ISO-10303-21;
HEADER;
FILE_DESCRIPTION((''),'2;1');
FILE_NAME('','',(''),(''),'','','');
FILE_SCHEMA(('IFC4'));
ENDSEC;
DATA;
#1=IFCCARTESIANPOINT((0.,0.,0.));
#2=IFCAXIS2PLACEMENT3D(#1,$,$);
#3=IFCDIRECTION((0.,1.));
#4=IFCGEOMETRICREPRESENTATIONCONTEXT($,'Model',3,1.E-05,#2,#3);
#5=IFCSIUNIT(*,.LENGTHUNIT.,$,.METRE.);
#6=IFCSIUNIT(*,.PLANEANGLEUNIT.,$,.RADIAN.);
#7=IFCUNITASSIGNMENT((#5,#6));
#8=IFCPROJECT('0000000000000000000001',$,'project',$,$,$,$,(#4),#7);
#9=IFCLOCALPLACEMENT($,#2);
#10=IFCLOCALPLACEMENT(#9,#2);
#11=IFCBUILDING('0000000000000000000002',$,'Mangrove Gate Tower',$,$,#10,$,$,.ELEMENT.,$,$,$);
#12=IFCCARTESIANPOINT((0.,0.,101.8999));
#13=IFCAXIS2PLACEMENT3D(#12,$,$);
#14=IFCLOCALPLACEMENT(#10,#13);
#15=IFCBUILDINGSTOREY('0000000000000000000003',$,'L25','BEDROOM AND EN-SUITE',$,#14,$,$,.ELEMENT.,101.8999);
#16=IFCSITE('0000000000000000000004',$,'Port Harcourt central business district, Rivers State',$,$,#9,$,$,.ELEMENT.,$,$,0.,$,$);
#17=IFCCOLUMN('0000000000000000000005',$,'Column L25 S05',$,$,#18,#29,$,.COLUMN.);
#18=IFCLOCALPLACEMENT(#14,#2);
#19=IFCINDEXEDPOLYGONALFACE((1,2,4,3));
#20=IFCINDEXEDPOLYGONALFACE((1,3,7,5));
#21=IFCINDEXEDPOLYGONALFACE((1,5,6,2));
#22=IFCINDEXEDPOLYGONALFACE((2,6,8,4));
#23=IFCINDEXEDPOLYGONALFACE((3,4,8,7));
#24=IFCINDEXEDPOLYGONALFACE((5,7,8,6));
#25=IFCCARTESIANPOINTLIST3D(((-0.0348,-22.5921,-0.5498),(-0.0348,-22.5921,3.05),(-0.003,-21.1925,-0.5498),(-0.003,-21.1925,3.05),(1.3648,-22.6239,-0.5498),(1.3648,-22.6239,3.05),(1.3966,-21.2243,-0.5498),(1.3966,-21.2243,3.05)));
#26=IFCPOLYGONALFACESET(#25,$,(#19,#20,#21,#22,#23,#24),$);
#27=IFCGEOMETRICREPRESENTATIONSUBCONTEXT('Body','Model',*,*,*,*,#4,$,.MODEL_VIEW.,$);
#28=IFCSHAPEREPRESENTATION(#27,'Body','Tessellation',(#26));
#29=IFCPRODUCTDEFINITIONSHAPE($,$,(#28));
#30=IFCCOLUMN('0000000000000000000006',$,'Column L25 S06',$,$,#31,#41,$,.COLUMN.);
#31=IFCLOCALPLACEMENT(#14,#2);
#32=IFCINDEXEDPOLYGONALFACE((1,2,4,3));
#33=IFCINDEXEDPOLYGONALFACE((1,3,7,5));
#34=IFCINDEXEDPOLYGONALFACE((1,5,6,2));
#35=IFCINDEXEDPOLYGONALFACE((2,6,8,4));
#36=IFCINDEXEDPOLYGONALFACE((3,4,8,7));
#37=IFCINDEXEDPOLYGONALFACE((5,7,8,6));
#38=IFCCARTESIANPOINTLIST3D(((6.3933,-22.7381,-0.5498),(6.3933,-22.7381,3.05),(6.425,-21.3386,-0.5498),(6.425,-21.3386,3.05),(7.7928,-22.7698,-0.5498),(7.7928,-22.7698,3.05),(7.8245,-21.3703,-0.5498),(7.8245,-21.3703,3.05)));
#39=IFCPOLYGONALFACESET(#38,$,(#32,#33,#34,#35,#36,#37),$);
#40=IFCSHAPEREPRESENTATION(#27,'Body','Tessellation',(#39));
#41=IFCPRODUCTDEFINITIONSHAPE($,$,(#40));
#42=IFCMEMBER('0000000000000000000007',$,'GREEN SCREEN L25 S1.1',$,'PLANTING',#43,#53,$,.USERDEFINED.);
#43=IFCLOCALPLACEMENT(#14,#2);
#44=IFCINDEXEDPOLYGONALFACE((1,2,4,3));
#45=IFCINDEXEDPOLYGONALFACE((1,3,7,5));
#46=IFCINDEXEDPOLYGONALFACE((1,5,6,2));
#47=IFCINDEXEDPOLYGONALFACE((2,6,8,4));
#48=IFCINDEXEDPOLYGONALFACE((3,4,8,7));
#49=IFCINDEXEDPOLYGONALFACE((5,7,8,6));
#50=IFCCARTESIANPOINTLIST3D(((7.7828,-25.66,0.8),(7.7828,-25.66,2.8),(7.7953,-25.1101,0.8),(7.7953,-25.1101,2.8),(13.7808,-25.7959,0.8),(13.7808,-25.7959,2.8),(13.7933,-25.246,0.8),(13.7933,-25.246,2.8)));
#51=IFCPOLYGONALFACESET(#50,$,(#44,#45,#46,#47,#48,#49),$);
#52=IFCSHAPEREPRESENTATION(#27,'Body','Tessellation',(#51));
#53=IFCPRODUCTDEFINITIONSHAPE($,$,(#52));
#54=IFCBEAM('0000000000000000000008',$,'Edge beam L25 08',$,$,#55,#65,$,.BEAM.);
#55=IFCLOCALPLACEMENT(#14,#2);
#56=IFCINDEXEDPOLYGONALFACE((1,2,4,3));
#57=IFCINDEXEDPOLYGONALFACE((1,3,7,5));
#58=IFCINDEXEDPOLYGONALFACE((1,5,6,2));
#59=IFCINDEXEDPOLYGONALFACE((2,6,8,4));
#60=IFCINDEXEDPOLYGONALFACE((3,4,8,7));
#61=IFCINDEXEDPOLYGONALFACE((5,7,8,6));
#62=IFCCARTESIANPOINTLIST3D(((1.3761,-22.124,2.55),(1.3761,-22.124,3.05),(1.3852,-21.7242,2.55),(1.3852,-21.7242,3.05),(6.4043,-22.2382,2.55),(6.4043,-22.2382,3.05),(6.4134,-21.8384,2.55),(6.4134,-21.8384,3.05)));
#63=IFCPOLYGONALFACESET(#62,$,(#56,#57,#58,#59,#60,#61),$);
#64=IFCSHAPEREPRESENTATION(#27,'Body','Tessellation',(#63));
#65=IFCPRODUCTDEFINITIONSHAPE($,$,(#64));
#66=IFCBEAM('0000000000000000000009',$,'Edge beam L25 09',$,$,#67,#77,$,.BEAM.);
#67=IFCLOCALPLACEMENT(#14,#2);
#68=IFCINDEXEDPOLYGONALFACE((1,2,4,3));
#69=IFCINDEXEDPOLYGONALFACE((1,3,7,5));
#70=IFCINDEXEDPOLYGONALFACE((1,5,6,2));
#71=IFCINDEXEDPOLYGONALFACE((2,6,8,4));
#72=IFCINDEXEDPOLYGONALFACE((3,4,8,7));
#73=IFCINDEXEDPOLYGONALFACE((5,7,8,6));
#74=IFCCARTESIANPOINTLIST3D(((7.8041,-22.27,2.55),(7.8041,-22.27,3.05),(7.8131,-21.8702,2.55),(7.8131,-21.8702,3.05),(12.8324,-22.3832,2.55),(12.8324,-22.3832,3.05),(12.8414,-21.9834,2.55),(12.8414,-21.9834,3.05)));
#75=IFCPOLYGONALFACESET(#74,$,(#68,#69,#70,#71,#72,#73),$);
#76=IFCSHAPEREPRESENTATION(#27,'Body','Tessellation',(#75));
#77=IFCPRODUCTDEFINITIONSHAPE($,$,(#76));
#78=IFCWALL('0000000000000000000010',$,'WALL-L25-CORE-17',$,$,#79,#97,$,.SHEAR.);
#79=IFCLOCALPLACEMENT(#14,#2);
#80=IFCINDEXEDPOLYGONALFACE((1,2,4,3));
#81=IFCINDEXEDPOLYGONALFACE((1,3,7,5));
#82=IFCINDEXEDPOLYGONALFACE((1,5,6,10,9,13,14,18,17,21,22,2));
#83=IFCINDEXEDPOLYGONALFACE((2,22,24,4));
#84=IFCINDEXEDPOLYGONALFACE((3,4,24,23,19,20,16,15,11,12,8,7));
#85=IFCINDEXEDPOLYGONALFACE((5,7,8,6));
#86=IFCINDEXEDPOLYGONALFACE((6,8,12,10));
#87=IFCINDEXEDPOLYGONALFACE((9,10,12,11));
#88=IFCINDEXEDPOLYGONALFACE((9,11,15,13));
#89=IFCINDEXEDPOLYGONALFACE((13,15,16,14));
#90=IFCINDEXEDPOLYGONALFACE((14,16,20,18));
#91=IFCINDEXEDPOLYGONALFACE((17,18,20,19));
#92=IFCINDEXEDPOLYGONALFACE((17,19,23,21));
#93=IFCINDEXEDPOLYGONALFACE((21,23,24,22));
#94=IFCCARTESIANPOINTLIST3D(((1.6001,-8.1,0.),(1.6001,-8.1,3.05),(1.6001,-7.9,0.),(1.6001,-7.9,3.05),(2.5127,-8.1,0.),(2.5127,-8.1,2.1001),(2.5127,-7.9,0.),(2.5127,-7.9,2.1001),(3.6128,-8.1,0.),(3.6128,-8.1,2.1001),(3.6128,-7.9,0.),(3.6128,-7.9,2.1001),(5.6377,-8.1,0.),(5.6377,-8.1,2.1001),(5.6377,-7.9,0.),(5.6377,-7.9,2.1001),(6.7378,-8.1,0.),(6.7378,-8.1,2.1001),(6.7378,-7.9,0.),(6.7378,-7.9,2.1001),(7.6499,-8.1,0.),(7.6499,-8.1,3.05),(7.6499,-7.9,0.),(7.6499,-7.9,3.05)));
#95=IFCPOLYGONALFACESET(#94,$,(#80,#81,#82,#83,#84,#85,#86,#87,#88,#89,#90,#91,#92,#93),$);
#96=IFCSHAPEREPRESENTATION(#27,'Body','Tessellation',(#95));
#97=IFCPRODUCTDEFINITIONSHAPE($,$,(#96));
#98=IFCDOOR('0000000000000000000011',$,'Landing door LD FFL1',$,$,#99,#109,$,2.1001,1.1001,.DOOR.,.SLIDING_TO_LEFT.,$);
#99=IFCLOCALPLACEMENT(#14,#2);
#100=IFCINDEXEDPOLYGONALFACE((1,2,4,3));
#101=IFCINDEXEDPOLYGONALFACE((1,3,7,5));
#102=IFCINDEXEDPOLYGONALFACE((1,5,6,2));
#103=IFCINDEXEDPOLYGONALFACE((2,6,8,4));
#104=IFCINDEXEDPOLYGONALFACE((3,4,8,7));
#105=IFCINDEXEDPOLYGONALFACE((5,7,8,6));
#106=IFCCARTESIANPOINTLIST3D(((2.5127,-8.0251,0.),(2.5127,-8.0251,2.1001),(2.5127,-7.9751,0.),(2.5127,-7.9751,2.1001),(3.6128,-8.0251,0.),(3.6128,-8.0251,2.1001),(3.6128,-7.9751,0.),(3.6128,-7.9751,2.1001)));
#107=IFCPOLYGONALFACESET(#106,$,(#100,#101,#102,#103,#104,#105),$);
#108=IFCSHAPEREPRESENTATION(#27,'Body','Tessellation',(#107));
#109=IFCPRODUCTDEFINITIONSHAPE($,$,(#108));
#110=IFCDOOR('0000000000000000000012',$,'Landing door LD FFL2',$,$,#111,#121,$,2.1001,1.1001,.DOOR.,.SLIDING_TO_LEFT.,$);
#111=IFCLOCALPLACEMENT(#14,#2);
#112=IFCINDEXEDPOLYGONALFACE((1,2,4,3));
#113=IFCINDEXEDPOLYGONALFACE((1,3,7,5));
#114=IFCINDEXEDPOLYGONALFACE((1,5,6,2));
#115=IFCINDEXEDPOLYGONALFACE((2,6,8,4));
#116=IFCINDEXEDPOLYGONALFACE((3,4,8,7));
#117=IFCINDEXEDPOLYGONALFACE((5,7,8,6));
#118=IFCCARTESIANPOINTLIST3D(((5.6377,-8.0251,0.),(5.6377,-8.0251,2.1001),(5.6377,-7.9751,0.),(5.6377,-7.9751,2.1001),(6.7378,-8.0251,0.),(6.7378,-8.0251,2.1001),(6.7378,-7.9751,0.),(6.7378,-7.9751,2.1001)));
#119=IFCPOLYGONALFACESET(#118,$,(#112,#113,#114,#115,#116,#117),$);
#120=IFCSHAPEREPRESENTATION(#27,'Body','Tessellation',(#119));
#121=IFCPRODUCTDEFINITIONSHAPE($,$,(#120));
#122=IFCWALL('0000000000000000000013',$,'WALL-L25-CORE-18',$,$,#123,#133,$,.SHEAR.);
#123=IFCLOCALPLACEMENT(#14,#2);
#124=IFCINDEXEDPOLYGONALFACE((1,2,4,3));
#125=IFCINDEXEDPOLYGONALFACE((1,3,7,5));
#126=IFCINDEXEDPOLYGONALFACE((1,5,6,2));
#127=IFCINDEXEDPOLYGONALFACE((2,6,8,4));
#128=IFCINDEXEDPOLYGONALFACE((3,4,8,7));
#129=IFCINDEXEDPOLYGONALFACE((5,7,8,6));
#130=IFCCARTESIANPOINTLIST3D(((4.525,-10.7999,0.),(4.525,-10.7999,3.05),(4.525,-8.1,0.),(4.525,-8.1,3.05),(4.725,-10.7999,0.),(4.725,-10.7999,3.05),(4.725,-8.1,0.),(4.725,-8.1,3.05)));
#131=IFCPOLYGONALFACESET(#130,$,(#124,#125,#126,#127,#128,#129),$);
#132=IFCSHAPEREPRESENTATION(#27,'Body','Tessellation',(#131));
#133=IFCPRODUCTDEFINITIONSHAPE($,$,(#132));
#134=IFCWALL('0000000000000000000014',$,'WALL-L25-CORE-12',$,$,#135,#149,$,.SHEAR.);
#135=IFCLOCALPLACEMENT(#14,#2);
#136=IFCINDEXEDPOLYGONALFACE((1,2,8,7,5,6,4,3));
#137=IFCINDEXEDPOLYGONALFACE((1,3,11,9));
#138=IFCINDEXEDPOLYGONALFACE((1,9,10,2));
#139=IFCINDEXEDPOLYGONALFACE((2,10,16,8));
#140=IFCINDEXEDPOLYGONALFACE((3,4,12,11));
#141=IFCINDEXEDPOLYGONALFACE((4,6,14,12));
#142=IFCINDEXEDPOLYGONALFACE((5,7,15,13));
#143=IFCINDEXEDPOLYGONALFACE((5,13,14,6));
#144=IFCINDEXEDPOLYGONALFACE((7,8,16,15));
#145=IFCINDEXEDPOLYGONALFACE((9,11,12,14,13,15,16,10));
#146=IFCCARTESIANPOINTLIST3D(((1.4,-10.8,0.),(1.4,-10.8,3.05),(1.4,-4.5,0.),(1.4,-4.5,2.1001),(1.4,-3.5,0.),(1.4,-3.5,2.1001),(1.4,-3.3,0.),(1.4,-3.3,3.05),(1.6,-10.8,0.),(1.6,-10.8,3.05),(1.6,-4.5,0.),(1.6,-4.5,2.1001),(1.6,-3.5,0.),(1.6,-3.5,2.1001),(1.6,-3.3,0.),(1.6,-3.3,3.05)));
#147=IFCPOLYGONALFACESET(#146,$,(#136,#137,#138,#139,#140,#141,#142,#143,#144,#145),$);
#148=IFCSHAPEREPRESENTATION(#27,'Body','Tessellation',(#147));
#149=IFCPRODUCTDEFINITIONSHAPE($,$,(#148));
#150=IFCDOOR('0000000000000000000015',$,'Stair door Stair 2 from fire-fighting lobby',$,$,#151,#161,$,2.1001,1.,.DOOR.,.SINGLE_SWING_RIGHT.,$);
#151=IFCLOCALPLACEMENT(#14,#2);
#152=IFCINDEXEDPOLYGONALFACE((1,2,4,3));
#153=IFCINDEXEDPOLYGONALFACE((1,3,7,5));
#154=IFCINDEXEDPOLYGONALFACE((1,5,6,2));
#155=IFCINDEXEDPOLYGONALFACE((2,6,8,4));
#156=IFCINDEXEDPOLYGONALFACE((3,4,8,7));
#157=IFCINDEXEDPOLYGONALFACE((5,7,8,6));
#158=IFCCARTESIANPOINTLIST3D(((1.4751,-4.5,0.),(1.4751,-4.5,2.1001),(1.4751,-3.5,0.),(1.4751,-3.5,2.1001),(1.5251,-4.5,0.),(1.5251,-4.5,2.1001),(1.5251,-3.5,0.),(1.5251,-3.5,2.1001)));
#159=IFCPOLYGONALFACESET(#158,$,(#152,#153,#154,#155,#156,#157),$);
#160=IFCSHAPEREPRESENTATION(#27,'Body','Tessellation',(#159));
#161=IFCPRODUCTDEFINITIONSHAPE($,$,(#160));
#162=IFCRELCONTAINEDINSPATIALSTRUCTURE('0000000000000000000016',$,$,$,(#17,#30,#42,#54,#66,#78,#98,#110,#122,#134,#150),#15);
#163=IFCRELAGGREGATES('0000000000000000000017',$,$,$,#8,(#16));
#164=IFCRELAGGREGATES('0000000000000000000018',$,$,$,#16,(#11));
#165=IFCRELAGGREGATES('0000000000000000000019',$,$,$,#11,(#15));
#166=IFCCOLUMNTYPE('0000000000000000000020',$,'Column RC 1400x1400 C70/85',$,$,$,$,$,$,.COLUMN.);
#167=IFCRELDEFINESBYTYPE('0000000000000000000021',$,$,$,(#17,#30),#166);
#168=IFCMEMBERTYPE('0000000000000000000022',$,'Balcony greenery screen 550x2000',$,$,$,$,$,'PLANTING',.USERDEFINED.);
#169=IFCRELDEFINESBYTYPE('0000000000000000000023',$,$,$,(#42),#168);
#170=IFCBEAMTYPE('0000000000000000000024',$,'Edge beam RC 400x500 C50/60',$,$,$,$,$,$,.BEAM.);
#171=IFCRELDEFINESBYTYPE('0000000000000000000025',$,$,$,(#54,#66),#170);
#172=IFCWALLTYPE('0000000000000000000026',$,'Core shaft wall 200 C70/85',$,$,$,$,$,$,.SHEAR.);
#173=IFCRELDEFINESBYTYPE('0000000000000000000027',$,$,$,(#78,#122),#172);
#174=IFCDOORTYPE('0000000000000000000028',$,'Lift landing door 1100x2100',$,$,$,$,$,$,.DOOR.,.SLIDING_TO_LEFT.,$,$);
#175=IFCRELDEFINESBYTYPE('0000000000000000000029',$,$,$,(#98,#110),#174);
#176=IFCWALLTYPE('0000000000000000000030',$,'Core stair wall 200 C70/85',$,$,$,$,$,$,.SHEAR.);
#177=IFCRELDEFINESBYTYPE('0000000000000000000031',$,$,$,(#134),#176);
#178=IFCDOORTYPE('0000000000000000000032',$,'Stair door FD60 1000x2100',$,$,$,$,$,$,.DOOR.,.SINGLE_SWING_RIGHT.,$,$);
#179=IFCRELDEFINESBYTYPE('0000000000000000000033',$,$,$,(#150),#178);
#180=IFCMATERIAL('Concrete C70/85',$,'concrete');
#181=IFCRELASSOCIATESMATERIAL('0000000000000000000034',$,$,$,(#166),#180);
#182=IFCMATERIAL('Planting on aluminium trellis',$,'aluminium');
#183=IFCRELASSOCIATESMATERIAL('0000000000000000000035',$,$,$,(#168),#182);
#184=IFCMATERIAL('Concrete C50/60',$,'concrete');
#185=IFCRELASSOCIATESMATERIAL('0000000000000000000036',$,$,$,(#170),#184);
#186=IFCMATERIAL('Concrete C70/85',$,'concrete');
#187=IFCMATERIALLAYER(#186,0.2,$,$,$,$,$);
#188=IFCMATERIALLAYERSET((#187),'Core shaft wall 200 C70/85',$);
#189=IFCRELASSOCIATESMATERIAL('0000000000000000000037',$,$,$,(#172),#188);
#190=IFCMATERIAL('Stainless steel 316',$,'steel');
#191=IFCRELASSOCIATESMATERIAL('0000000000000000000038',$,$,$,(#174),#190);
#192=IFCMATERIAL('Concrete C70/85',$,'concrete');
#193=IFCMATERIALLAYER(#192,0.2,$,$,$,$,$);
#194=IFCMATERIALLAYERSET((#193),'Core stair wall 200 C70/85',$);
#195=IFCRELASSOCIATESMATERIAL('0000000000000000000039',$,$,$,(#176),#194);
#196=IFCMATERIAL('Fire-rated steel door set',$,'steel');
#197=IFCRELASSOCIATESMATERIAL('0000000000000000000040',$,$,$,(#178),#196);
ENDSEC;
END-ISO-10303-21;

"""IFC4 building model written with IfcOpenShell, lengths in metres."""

from ifc_helpers import new_model, si_unit, direction, frame, frame_2d, origin, origin_2d, place, context, subcontext, project, spatial, rectangle, extrude, material, layer, layer_set, material_profile, profile_set, type_object, element, fill, save


model = new_model("IFC4")

# Units and contexts
model_context = context("Model", 3, precision=1e-05, world=origin(), true_north=direction((0.0, 1.0)))
body_context = subcontext(model_context, "Body", "Model", "MODEL_VIEW")
ifc_project = project(units=[si_unit("LENGTHUNIT", "METRE"), si_unit("PLANEANGLEUNIT", "RADIAN")], contexts=[model_context])

# Site, building, storey
site_placement = place(None, origin())
site = spatial("IfcSite", under=ifc_project, at=site_placement, Name="Port Harcourt central business district, Rivers State", CompositionType="ELEMENT", RefElevation=0.0)
building_placement = place(site_placement, origin())
building = spatial("IfcBuilding", under=site, at=building_placement, Name="Mangrove Gate Tower", CompositionType="ELEMENT")
storey_placement = place(building_placement, frame((0.0, 0.0, 101.8999)))
storey = spatial("IfcBuildingStorey", under=building, at=storey_placement, Name="L25", Description="BEDROOM AND EN-SUITE", CompositionType="ELEMENT", Elevation=101.8999)

# Columns
ifc_material_1 = material(Name="Concrete C70/85", Category="concrete")
ifc_material_profile_1 = material_profile(ifc_material_1, rectangle(XDim=1.3999, YDim=1.3999, at=origin_2d()))
ifc_profile_set_1 = profile_set([ifc_material_profile_1], Name="Concrete C70/85")
column_type = type_object("IfcColumnType", Name="Column RC 1400x1400 C70/85", PredefinedType="COLUMN", material=ifc_profile_set_1)
for number, where, z_axis, x_axis, name in (
    (1, (0.6809, -21.9082, -0.5498), (0.0, 0.0, 1.0), (0.999742, -0.022707, 0.0), "Column L25 S05"),
    (2, (7.1089, -22.0542, -0.5498), (0.0, 0.0, 1.0), (0.999744, -0.02263, 0.0), "Column L25 S06"),
):
    element("IfcColumn", number, at=place(storey_placement, frame(where, z_axis=z_axis, x_axis=x_axis)), inside=storey, type_object=column_type, Name=name, PredefinedType="COLUMN", context=body_context, shape_type="SweptSolid", body=[
        extrude(rectangle(XDim=1.3999, YDim=1.3999, at=origin_2d()), origin(), (0.0, 0.0, 1.0), 3.5999),
    ])

# Member
ifc_material_2 = material(Name="Planting on aluminium trellis", Category="aluminium")
ifc_material_profile_2 = material_profile(ifc_material_2, rectangle(XDim=0.55, YDim=2.0, at=origin_2d()))
ifc_profile_set_2 = profile_set([ifc_material_profile_2], Name="Planting on aluminium trellis")
member_type = type_object("IfcMemberType", Name="Balcony greenery screen 550x2000", ElementType="PLANTING", PredefinedType="USERDEFINED", material=ifc_profile_set_2)
member_placement = place(storey_placement, frame((7.7891, -25.385, 1.8), z_axis=(0.999743, -0.022666, 0.0), x_axis=(0.022666, 0.999743, 0.0)))
element("IfcMember", 3, at=member_placement, inside=storey, type_object=member_type, Name="GREEN SCREEN L25 S1.1", ObjectType="PLANTING", PredefinedType="USERDEFINED", context=body_context, shape_type="SweptSolid", body=[
    extrude(rectangle(XDim=0.55, YDim=2.0, at=origin_2d()), origin(), (0.0, 0.0, 1.0), 5.9995),
])

# Beams
ifc_material_3 = material(Name="Concrete C50/60", Category="concrete")
ifc_material_profile_3 = material_profile(ifc_material_3, rectangle(XDim=0.3999, YDim=0.5, at=origin_2d()))
ifc_profile_set_3 = profile_set([ifc_material_profile_3], Name="Concrete C50/60")
beam_type = type_object("IfcBeamType", Name="Edge beam RC 400x500 C50/60", PredefinedType="BEAM", material=ifc_profile_set_3)
for number, where, z_axis, x_axis, name in (
    (4, (1.3806, -21.9241, 2.8), (0.999742, -0.022717, 0.0), (0.022717, 0.999742, 0.0), "Edge beam L25 08"),
    (5, (7.8086, -22.0701, 2.8), (0.999746, -0.022523, 0.0), (0.022523, 0.999746, 0.0), "Edge beam L25 09"),
):
    element("IfcBeam", number, at=place(storey_placement, frame(where, z_axis=z_axis, x_axis=x_axis)), inside=storey, type_object=beam_type, Name=name, PredefinedType="BEAM", context=body_context, shape_type="SweptSolid", body=[
        extrude(rectangle(XDim=0.3999, YDim=0.5, at=origin_2d()), origin(), (0.0, 0.0, 1.0), 5.0295),
    ])

# Wall, openings, doors
ifc_material_4 = material(Name="Concrete C70/85", Category="concrete")
ifc_layer_1 = layer(ifc_material_4, 0.2)
ifc_layer_set_1 = layer_set([ifc_layer_1], Name="Core shaft wall 200 C70/85")
wall_type_1 = type_object("IfcWallType", Name="Core shaft wall 200 C70/85", PredefinedType="SHEAR", material=ifc_layer_set_1)
wall_1_placement = place(storey_placement, frame((1.6001, -8.0, 0.0), z_axis=(0.0, 0.0, 1.0), x_axis=(1.0, 0.0, 0.0)))
wall_1 = element("IfcWall", 6, at=wall_1_placement, inside=storey, type_object=wall_type_1, Name="WALL-L25-CORE-17", PredefinedType="SHEAR", context=body_context, shape_type="SweptSolid", body=[
    extrude(rectangle(XDim=6.0498, YDim=0.2, at=frame_2d((3.0249, 0.0))), origin(), (0.0, 0.0, 1.0), 3.05),
])
opening_1_placement = place(wall_1_placement, frame((0.9126, 0.0, 0.0)))
opening_1 = element("IfcOpeningElement", 7, at=opening_1_placement, cuts=wall_1, PredefinedType="OPENING", context=body_context, shape_type="SweptSolid", body=[
    extrude(rectangle(XDim=1.1001, YDim=2.1001, at=frame_2d((0.55, 1.05))), frame((0.0, 0.1099, 0.0), z_axis=(0.0, -1.0, 0.0), x_axis=(1.0, 0.0, 0.0)), (0.0, 0.0, 1.0), 0.22),
])
opening_2_placement = place(wall_1_placement, frame((4.0376, 0.0, 0.0)))
opening_2 = element("IfcOpeningElement", 8, at=opening_2_placement, cuts=wall_1, PredefinedType="OPENING", context=body_context, shape_type="SweptSolid", body=[
    extrude(rectangle(XDim=1.1001, YDim=2.1001, at=frame_2d((0.55, 1.05))), frame((0.0, 0.1099, 0.0), z_axis=(0.0, -1.0, 0.0), x_axis=(1.0, 0.0, 0.0)), (0.0, 0.0, 1.0), 0.22),
])
ifc_material_5 = material(Name="Stainless steel 316", Category="steel")
door_type_1 = type_object("IfcDoorType", Name="Lift landing door 1100x2100", OperationType="SLIDING_TO_LEFT", PredefinedType="DOOR", material=ifc_material_5)
door_1_placement = place(opening_1_placement, origin())
door_1 = element("IfcDoor", 9, at=door_1_placement, inside=storey, type_object=door_type_1, Name="Landing door LD FFL1", OperationType="SLIDING_TO_LEFT", OverallHeight=2.1001, OverallWidth=1.1001, PredefinedType="DOOR", context=body_context, shape_type="SweptSolid", body=[
    extrude(rectangle(XDim=1.1001, YDim=2.1001, at=frame_2d((0.55, 1.05))), frame((0.0, 0.0249, 0.0), z_axis=(0.0, -1.0, 0.0), x_axis=(1.0, 0.0, 0.0)), (0.0, 0.0, 1.0), 0.05),
])
fill(opening_1, door_1)
door_2_placement = place(opening_2_placement, origin())
door_2 = element("IfcDoor", 10, at=door_2_placement, inside=storey, type_object=door_type_1, Name="Landing door LD FFL2", OperationType="SLIDING_TO_LEFT", OverallHeight=2.1001, OverallWidth=1.1001, PredefinedType="DOOR", context=body_context, shape_type="SweptSolid", body=[
    extrude(rectangle(XDim=1.1001, YDim=2.1001, at=frame_2d((0.55, 1.05))), frame((0.0, 0.0249, 0.0), z_axis=(0.0, -1.0, 0.0), x_axis=(1.0, 0.0, 0.0)), (0.0, 0.0, 1.0), 0.05),
])
fill(opening_2, door_2)

# Wall
wall_2_placement = place(storey_placement, frame((4.625, -10.8, 0.0), z_axis=(0.0, 0.0, 1.0), x_axis=(0.0, 1.0, 0.0)))
element("IfcWall", 11, at=wall_2_placement, inside=storey, type_object=wall_type_1, Name="WALL-L25-CORE-18", PredefinedType="SHEAR", context=body_context, shape_type="SweptSolid", body=[
    extrude(rectangle(XDim=2.7, YDim=0.2, at=frame_2d((1.3501, 0.0))), origin(), (0.0, 0.0, 1.0), 3.05),
])

# Wall, opening, door
ifc_material_6 = material(Name="Concrete C70/85", Category="concrete")
ifc_layer_2 = layer(ifc_material_6, 0.2)
ifc_layer_set_2 = layer_set([ifc_layer_2], Name="Core stair wall 200 C70/85")
wall_type_2 = type_object("IfcWallType", Name="Core stair wall 200 C70/85", PredefinedType="SHEAR", material=ifc_layer_set_2)
wall_3_placement = place(storey_placement, frame((1.5, -10.8, 0.0), z_axis=(0.0, 0.0, 1.0), x_axis=(0.0, 1.0, 0.0)))
wall_3 = element("IfcWall", 12, at=wall_3_placement, inside=storey, type_object=wall_type_2, Name="WALL-L25-CORE-12", PredefinedType="SHEAR", context=body_context, shape_type="SweptSolid", body=[
    extrude(rectangle(XDim=7.5, YDim=0.2, at=frame_2d((3.75, 0.0))), origin(), (0.0, 0.0, 1.0), 3.05),
])
opening_3_placement = place(wall_3_placement, frame((6.3, 0.0, 0.0)))
opening_3 = element("IfcOpeningElement", 13, at=opening_3_placement, cuts=wall_3, PredefinedType="OPENING", context=body_context, shape_type="SweptSolid", body=[
    extrude(rectangle(XDim=1.0, YDim=2.1001, at=frame_2d((0.5, 1.05))), frame((0.0, 0.1099, 0.0), z_axis=(0.0, -1.0, 0.0), x_axis=(1.0, 0.0, 0.0)), (0.0, 0.0, 1.0), 0.22),
])
ifc_material_7 = material(Name="Fire-rated steel door set", Category="steel")
door_type_2 = type_object("IfcDoorType", Name="Stair door FD60 1000x2100", OperationType="SINGLE_SWING_RIGHT", PredefinedType="DOOR", material=ifc_material_7)
door_3_placement = place(opening_3_placement, origin())
door_3 = element("IfcDoor", 14, at=door_3_placement, inside=storey, type_object=door_type_2, Name="Stair door Stair 2 from fire-fighting lobby", OperationType="SINGLE_SWING_RIGHT", OverallHeight=2.1001, OverallWidth=1.0, PredefinedType="DOOR", context=body_context, shape_type="SweptSolid", body=[
    extrude(rectangle(XDim=1.0, YDim=2.1001, at=frame_2d((0.5, 1.05))), frame((0.0, 0.0249, 0.0), z_axis=(0.0, -1.0, 0.0), x_axis=(1.0, 0.0, 0.0)), (0.0, 0.0, 1.0), 0.05),
])
fill(opening_3, door_3)

save(model, "model.ifc")
